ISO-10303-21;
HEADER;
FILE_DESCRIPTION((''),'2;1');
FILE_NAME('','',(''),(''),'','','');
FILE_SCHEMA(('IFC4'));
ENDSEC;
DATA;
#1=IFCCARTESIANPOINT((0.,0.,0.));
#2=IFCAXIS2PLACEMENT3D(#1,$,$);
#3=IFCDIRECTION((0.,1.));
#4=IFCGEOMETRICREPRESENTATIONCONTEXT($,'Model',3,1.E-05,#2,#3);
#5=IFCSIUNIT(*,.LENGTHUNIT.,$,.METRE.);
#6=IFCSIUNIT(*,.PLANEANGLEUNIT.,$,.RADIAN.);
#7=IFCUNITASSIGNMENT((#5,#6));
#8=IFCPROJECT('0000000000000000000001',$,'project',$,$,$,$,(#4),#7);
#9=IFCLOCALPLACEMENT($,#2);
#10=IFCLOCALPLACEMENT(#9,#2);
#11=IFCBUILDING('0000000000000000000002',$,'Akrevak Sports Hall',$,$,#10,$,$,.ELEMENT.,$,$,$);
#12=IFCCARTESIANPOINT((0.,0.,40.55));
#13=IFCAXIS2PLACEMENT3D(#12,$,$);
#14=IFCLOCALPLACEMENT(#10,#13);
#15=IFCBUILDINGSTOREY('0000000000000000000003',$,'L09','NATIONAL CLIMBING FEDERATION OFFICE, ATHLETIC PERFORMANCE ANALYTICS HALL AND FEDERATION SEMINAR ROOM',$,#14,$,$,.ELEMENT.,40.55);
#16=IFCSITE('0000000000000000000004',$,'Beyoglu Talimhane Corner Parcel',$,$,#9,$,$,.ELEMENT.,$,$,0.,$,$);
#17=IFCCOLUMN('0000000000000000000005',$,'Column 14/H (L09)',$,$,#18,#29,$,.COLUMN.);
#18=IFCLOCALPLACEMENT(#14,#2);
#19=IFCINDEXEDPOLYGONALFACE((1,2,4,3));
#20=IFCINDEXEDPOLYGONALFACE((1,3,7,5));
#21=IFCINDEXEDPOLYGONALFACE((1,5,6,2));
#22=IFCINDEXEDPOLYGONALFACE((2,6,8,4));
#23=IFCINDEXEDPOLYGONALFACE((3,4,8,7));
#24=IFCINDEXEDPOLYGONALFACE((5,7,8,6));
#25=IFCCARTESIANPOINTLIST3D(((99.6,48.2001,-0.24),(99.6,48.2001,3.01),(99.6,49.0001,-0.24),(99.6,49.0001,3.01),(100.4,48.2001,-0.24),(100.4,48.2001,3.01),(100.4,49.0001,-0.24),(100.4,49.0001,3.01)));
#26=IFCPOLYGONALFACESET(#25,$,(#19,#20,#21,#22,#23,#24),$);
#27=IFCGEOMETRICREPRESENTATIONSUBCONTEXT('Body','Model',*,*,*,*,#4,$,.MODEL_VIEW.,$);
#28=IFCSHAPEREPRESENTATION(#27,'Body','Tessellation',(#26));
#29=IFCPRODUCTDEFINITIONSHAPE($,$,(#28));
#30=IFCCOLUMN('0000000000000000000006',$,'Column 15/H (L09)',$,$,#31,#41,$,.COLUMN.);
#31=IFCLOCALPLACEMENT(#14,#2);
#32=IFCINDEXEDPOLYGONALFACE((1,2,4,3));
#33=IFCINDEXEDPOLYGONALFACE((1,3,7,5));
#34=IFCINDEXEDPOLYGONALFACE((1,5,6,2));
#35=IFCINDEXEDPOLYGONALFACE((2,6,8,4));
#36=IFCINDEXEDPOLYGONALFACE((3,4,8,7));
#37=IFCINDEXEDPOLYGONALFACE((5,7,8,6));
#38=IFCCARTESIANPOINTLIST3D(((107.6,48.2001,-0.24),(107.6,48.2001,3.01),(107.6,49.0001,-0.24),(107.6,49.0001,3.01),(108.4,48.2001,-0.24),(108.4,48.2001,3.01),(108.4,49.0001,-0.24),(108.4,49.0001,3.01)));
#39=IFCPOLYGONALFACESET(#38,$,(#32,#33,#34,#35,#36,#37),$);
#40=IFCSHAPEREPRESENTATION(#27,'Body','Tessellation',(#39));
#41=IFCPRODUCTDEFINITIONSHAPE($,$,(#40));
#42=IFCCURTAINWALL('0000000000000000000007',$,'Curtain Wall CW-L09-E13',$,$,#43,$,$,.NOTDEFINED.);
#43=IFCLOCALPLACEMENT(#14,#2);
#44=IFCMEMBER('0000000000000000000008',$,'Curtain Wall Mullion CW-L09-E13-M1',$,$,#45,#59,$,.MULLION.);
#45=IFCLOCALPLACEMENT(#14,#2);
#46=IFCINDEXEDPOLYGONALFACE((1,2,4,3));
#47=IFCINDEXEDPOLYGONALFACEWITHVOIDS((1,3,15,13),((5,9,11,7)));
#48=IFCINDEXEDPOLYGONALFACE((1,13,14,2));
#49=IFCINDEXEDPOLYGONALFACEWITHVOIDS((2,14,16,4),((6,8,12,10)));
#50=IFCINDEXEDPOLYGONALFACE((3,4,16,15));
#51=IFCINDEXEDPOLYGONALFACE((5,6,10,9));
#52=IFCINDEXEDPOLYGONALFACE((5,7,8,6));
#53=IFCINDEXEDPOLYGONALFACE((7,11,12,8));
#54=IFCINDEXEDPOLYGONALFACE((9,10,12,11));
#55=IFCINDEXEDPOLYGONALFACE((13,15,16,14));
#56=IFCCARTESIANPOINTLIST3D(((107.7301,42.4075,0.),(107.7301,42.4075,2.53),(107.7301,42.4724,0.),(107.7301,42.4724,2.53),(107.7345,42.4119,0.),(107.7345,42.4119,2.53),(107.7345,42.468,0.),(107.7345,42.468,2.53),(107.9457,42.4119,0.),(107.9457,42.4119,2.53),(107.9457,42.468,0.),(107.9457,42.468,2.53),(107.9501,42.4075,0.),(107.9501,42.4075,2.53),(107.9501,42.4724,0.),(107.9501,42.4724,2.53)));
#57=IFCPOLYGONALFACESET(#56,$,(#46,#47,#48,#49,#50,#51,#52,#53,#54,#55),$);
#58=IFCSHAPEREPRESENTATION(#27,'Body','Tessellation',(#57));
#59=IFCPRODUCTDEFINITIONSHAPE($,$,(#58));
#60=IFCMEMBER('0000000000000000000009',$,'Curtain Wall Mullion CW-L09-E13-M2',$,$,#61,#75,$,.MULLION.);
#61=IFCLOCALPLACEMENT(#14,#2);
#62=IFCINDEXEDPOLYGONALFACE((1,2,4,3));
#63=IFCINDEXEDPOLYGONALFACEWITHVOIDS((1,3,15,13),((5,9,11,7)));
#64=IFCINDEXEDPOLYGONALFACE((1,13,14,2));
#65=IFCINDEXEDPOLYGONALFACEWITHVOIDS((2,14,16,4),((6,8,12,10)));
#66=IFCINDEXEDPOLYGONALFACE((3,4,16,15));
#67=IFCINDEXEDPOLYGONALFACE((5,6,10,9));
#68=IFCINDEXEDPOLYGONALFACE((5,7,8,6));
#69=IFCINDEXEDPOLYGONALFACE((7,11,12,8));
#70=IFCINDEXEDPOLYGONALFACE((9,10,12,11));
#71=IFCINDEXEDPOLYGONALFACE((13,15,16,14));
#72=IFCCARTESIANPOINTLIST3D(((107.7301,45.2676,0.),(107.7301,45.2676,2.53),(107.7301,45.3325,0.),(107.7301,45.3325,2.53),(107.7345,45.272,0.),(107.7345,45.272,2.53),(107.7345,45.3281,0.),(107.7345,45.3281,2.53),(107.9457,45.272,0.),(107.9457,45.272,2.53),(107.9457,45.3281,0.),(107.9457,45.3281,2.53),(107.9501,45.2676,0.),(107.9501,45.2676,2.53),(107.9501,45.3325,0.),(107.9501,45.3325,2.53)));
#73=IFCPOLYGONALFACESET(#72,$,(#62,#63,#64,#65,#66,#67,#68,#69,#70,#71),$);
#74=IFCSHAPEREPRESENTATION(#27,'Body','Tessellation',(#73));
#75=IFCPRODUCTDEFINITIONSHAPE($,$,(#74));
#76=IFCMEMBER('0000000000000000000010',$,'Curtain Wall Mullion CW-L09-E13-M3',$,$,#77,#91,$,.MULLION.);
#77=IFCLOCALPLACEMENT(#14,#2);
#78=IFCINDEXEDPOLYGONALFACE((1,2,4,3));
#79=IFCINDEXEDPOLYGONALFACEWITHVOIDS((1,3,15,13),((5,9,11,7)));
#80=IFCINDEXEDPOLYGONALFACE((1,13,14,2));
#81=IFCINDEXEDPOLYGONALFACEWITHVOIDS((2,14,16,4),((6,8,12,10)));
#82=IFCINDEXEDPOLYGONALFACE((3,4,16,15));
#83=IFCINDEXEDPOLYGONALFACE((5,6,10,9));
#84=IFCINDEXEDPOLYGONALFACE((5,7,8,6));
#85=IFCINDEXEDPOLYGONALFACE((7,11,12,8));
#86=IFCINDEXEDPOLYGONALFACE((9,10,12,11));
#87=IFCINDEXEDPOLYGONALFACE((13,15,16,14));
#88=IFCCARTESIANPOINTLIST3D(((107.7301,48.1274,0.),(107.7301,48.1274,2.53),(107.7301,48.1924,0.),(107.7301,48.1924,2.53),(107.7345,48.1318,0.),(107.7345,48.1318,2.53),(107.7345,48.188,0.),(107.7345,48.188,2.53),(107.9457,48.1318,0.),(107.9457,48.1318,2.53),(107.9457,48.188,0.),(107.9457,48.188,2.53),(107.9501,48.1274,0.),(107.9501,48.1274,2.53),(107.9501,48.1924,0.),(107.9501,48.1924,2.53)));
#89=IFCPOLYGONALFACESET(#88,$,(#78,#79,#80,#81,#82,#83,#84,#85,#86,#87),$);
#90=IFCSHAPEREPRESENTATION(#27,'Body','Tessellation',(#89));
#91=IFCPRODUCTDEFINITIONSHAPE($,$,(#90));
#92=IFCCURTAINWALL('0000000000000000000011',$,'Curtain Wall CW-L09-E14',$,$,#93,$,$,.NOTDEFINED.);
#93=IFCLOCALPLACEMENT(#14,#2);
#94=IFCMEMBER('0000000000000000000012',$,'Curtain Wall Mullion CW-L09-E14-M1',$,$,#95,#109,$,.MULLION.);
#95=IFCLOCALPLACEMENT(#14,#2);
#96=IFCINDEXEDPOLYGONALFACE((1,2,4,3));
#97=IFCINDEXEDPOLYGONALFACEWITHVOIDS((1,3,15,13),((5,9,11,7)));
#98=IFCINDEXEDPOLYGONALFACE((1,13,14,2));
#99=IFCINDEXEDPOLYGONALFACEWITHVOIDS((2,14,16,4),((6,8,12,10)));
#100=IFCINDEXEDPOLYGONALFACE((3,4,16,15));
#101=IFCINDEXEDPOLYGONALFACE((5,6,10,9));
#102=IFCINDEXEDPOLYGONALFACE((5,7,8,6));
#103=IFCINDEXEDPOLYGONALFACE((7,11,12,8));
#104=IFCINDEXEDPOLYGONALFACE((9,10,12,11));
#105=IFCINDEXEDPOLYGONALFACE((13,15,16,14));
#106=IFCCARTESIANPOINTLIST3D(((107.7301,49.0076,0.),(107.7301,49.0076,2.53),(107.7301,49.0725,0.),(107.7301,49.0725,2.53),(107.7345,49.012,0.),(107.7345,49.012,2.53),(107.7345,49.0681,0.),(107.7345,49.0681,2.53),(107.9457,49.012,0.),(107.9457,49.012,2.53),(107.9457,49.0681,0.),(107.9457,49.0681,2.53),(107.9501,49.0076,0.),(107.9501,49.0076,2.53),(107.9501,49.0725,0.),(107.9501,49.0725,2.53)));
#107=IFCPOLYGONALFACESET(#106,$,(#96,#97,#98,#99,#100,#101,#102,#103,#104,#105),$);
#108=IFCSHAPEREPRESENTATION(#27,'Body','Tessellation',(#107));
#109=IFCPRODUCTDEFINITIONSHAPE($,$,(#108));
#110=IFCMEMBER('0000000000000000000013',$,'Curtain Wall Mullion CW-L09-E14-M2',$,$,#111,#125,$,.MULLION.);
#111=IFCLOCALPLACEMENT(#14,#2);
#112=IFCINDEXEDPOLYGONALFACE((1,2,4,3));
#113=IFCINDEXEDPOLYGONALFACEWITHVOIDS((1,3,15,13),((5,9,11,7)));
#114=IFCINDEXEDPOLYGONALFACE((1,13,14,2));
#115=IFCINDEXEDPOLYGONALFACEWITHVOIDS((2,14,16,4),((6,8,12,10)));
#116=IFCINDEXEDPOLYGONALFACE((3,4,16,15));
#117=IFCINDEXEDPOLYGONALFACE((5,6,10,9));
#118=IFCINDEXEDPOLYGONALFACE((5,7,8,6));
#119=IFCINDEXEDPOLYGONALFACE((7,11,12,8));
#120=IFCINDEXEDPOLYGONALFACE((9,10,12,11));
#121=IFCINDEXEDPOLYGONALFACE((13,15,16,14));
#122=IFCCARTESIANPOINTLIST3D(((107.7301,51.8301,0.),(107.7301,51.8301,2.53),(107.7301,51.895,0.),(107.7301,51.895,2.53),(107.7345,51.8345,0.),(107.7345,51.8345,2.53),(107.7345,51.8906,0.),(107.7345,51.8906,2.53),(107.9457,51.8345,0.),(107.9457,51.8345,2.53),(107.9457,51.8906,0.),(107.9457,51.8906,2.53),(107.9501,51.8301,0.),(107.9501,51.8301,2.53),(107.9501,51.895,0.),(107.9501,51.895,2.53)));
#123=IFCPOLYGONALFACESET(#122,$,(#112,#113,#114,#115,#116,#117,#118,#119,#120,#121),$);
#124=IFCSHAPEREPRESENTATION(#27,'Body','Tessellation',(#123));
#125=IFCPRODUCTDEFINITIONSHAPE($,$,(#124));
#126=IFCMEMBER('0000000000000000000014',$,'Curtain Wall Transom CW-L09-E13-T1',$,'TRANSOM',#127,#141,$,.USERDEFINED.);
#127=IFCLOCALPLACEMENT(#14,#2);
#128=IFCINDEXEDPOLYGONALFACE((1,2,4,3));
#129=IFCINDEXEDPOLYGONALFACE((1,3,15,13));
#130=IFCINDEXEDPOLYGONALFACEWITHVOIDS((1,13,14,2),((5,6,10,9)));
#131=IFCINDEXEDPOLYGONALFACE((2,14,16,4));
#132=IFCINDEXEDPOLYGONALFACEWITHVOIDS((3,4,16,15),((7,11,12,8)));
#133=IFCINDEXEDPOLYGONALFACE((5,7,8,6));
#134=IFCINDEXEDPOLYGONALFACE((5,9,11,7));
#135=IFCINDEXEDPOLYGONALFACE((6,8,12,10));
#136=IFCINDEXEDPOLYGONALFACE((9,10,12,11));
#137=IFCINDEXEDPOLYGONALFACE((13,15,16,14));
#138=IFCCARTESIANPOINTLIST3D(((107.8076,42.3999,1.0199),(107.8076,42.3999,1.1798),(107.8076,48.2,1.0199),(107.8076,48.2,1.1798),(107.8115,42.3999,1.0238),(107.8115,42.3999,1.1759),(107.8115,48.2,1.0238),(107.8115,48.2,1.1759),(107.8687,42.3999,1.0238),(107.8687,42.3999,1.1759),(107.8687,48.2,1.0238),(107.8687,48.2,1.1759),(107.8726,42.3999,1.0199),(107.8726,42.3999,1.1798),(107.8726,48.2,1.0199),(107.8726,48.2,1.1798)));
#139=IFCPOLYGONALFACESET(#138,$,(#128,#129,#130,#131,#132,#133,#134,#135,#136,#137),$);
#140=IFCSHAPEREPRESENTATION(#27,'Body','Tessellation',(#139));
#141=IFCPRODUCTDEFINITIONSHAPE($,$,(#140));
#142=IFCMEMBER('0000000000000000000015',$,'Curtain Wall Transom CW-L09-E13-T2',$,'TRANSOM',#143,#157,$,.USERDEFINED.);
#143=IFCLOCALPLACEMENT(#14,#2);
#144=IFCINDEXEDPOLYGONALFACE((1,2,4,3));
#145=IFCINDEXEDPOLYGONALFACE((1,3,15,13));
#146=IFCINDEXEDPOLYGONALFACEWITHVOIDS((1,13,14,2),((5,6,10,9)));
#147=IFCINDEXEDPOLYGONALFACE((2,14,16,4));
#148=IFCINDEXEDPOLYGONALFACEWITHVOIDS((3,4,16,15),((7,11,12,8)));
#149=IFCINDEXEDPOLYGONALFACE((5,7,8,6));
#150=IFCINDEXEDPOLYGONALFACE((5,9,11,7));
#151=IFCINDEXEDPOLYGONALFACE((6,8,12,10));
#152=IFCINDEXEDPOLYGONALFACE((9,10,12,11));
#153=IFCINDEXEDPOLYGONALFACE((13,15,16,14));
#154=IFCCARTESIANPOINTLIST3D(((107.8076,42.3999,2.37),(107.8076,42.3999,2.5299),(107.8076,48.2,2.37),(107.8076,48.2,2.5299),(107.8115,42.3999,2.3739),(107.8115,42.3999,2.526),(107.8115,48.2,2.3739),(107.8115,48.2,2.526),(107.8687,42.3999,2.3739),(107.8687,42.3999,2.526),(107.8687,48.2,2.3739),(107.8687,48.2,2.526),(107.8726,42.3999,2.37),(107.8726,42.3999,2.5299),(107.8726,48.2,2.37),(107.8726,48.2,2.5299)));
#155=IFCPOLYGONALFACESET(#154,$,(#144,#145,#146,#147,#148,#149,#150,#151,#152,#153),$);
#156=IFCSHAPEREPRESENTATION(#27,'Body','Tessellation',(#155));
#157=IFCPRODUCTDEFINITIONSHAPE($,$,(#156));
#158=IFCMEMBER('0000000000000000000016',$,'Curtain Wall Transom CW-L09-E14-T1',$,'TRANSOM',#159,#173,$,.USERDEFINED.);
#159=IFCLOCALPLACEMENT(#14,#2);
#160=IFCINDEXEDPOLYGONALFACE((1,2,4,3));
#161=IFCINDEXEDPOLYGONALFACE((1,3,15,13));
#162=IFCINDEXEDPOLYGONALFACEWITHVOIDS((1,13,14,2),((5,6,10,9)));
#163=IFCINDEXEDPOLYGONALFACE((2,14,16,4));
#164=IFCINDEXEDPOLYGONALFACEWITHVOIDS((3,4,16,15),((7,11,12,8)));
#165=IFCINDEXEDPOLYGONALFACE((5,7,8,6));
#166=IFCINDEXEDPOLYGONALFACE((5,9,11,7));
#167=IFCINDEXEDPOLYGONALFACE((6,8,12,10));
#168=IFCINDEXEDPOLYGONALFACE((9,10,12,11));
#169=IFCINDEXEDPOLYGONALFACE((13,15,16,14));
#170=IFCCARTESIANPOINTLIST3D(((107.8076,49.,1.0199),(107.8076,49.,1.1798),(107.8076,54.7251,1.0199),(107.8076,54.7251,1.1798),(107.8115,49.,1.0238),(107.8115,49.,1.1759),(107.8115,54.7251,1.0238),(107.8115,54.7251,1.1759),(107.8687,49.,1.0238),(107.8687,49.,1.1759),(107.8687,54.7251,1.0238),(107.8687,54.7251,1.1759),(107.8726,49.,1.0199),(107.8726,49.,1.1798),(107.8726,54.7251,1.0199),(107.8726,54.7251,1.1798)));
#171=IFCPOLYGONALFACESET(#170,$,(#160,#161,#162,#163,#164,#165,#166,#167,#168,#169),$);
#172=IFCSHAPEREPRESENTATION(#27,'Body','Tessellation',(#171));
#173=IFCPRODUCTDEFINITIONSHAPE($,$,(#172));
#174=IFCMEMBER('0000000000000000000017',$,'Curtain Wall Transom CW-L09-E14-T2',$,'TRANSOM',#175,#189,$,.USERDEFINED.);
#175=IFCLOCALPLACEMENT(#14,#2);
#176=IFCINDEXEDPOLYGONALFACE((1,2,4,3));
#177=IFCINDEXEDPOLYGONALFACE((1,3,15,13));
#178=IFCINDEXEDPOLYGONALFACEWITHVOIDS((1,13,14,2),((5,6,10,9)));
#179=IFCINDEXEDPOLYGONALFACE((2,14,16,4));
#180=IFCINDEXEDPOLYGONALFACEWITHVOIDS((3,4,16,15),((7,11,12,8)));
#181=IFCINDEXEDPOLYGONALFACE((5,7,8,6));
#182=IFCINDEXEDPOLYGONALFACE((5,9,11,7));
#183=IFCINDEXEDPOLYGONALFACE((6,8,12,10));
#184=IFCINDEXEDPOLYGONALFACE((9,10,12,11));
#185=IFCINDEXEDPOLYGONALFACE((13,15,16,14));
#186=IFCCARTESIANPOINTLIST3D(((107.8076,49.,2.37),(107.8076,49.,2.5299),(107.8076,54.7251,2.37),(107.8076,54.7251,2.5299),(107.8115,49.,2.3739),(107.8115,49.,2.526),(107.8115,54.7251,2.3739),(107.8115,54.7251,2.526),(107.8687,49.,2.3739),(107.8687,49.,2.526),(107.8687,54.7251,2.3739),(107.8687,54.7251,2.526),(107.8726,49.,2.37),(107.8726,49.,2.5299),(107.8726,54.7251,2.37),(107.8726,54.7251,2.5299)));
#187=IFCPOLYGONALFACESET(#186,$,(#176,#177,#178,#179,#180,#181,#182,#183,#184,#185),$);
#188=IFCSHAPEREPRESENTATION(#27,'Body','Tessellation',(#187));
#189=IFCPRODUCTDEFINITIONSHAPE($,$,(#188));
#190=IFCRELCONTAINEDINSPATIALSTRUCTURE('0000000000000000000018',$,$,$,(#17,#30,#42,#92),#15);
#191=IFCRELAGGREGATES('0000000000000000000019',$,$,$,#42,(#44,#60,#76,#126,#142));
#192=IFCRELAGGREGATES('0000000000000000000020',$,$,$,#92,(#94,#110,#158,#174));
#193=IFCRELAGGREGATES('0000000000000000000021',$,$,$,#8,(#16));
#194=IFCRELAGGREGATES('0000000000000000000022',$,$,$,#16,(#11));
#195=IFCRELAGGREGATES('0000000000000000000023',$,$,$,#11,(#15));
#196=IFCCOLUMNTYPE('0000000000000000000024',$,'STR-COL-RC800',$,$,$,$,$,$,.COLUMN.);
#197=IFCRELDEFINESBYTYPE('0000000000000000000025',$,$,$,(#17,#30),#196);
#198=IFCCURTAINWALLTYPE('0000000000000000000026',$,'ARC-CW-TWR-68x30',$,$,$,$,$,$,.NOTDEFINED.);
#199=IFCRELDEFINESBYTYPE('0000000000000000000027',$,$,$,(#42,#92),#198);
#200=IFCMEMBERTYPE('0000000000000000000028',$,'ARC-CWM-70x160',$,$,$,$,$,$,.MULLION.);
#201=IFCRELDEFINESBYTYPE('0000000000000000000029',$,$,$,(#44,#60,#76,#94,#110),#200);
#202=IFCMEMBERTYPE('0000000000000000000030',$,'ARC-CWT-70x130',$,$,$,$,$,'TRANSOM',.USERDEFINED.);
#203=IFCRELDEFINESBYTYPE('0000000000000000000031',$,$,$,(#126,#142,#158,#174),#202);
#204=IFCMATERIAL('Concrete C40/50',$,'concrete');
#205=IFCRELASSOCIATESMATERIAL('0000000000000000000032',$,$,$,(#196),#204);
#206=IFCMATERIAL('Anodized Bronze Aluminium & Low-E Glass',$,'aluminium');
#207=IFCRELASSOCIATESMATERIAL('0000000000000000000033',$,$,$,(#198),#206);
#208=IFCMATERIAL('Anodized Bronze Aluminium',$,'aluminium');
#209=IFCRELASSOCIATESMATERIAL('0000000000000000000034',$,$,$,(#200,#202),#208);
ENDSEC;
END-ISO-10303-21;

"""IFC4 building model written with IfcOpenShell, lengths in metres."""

from ifc_helpers import new_model, si_unit, direction, frame, origin, origin_2d, place, context, subcontext, project, spatial, rectangle, hollow_rectangle, extrude, material, material_profile, profile_set, type_object, element, aggregate, save


model = new_model("IFC4")

# Units and contexts
model_context = context("Model", 3, precision=1e-05, world=origin(), true_north=direction((0.0, 1.0)))
body_context = subcontext(model_context, "Body", "Model", "MODEL_VIEW")
ifc_project = project(units=[si_unit("LENGTHUNIT", "METRE"), si_unit("PLANEANGLEUNIT", "RADIAN")], contexts=[model_context])

# Site, building, storey
site_placement = place(None, origin())
site = spatial("IfcSite", under=ifc_project, at=site_placement, Name="Beyoglu Talimhane Corner Parcel", CompositionType="ELEMENT", RefElevation=0.0)
building_placement = place(site_placement, origin())
building = spatial("IfcBuilding", under=site, at=building_placement, Name="Akrevak Sports Hall", CompositionType="ELEMENT")
storey_placement = place(building_placement, frame((0.0, 0.0, 40.55)))
storey = spatial("IfcBuildingStorey", under=building, at=storey_placement, Name="L09", Description="NATIONAL CLIMBING FEDERATION OFFICE, ATHLETIC PERFORMANCE ANALYTICS HALL AND FEDERATION SEMINAR ROOM", CompositionType="ELEMENT", Elevation=40.55)

# Columns
ifc_material_1 = material(Name="Concrete C40/50", Category="concrete")
ifc_material_profile_1 = material_profile(ifc_material_1, rectangle(XDim=0.8, YDim=0.8, at=origin_2d()), Name="RC 800x800", Category="concrete")
ifc_profile_set_1 = profile_set([ifc_material_profile_1], Name="Concrete C40/50")
column_type = type_object("IfcColumnType", Name="STR-COL-RC800", PredefinedType="COLUMN", material=ifc_profile_set_1)
for number, where, z_axis, x_axis, name in (
    (1, (100.0, 48.6001, -0.24), (0.0, 0.0, 1.0), (1.0, 0.0, 0.0), "Column 14/H (L09)"),
    (2, (108.0, 48.6001, -0.24), (0.0, 0.0, 1.0), (1.0, 0.0, 0.0), "Column 15/H (L09)"),
):
    element("IfcColumn", number, at=place(storey_placement, frame(where, z_axis=z_axis, x_axis=x_axis)), inside=storey, type_object=column_type, Name=name, PredefinedType="COLUMN", context=body_context, shape_type="SweptSolid", body=[
        extrude(rectangle(XDim=0.8, YDim=0.8, at=origin_2d()), origin(), (0.0, 0.0, 1.0), 3.25),
    ])

# Curtain walls, members
ifc_material_2 = material(Name="Anodized Bronze Aluminium & Low-E Glass", Category="aluminium")
curtain_wall_type = type_object("IfcCurtainWallType", Name="ARC-CW-TWR-68x30", PredefinedType="NOTDEFINED", material=ifc_material_2)
curtain_wall_1_placement = place(storey_placement, origin())
curtain_wall_1 = element("IfcCurtainWall", 3, at=curtain_wall_1_placement, inside=storey, type_object=curtain_wall_type, Name="Curtain Wall CW-L09-E13", PredefinedType="NOTDEFINED")
ifc_material_3 = material(Name="Anodized Bronze Aluminium", Category="aluminium")
ifc_material_profile_2 = material_profile(ifc_material_3, hollow_rectangle(XDim=0.0649, YDim=0.22, WallThickness=0.0044, at=origin_2d()), Name="CWM 65x220", Category="aluminium")
ifc_profile_set_2 = profile_set([ifc_material_profile_2], Name="Anodized Bronze Aluminium")
member_type_1 = type_object("IfcMemberType", Name="ARC-CWM-70x160", PredefinedType="MULLION", material=ifc_profile_set_2)
member_1_placement = place(storey_placement, frame((107.8401, 42.4399, 0.0), z_axis=(0.0, 0.0, 1.0), x_axis=(0.0, 1.0, 0.0)))
member_1 = element("IfcMember", 4, at=member_1_placement, type_object=member_type_1, Name="Curtain Wall Mullion CW-L09-E13-M1", PredefinedType="MULLION", context=body_context, shape_type="SweptSolid", body=[
    extrude(hollow_rectangle(XDim=0.0649, YDim=0.22, WallThickness=0.0044, at=origin_2d()), origin(), (0.0, 0.0, 1.0), 2.53),
])
member_2_placement = place(storey_placement, frame((107.8401, 45.3, 0.0), z_axis=(0.0, 0.0, 1.0), x_axis=(0.0, 1.0, 0.0)))
member_2 = element("IfcMember", 5, at=member_2_placement, type_object=member_type_1, Name="Curtain Wall Mullion CW-L09-E13-M2", PredefinedType="MULLION", context=body_context, shape_type="SweptSolid", body=[
    extrude(hollow_rectangle(XDim=0.0649, YDim=0.22, WallThickness=0.0044, at=origin_2d()), origin(), (0.0, 0.0, 1.0), 2.53),
])
member_3_placement = place(storey_placement, frame((107.8401, 48.1599, 0.0), z_axis=(0.0, 0.0, 1.0), x_axis=(0.0, 1.0, 0.0)))
member_3 = element("IfcMember", 6, at=member_3_placement, type_object=member_type_1, Name="Curtain Wall Mullion CW-L09-E13-M3", PredefinedType="MULLION", context=body_context, shape_type="SweptSolid", body=[
    extrude(hollow_rectangle(XDim=0.0649, YDim=0.22, WallThickness=0.0044, at=origin_2d()), origin(), (0.0, 0.0, 1.0), 2.53),
])
curtain_wall_2_placement = place(storey_placement, origin())
curtain_wall_2 = element("IfcCurtainWall", 7, at=curtain_wall_2_placement, inside=storey, type_object=curtain_wall_type, Name="Curtain Wall CW-L09-E14", PredefinedType="NOTDEFINED")
member_4_placement = place(storey_placement, frame((107.8401, 49.04, 0.0), z_axis=(0.0, 0.0, 1.0), x_axis=(0.0, 1.0, 0.0)))
member_4 = element("IfcMember", 8, at=member_4_placement, type_object=member_type_1, Name="Curtain Wall Mullion CW-L09-E14-M1", PredefinedType="MULLION", context=body_context, shape_type="SweptSolid", body=[
    extrude(hollow_rectangle(XDim=0.0649, YDim=0.22, WallThickness=0.0044, at=origin_2d()), origin(), (0.0, 0.0, 1.0), 2.53),
])
member_5_placement = place(storey_placement, frame((107.8401, 51.8625, 0.0), z_axis=(0.0, 0.0, 1.0), x_axis=(0.0, 1.0, 0.0)))
member_5 = element("IfcMember", 9, at=member_5_placement, type_object=member_type_1, Name="Curtain Wall Mullion CW-L09-E14-M2", PredefinedType="MULLION", context=body_context, shape_type="SweptSolid", body=[
    extrude(hollow_rectangle(XDim=0.0649, YDim=0.22, WallThickness=0.0044, at=origin_2d()), origin(), (0.0, 0.0, 1.0), 2.53),
])

# Members
ifc_material_profile_3 = material_profile(ifc_material_3, hollow_rectangle(XDim=0.0649, YDim=0.1599, WallThickness=0.0039, at=origin_2d()), Name="CWT 65x160", Category="aluminium")
ifc_profile_set_3 = profile_set([ifc_material_profile_3], Name="Anodized Bronze Aluminium")
member_type_2 = type_object("IfcMemberType", Name="ARC-CWT-70x130", ElementType="TRANSOM", PredefinedType="USERDEFINED", material=ifc_profile_set_3)
member_6_placement = place(storey_placement, frame((107.8401, 42.3999, 1.0999), z_axis=(0.0, 1.0, 0.0), x_axis=(-1.0, 0.0, 0.0)))
member_6 = element("IfcMember", 10, at=member_6_placement, type_object=member_type_2, Name="Curtain Wall Transom CW-L09-E13-T1", ObjectType="TRANSOM", PredefinedType="USERDEFINED", context=body_context, shape_type="SweptSolid", body=[
    extrude(hollow_rectangle(XDim=0.0649, YDim=0.1599, WallThickness=0.0039, at=origin_2d()), origin(), (0.0, 0.0, 1.0), 5.8),
])
member_7_placement = place(storey_placement, frame((107.8401, 42.3999, 2.45), z_axis=(0.0, 1.0, 0.0), x_axis=(-1.0, 0.0, 0.0)))
member_7 = element("IfcMember", 11, at=member_7_placement, type_object=member_type_2, Name="Curtain Wall Transom CW-L09-E13-T2", ObjectType="TRANSOM", PredefinedType="USERDEFINED", context=body_context, shape_type="SweptSolid", body=[
    extrude(hollow_rectangle(XDim=0.0649, YDim=0.1599, WallThickness=0.0039, at=origin_2d()), origin(), (0.0, 0.0, 1.0), 5.8),
])
member_8_placement = place(storey_placement, frame((107.8401, 49.0, 1.0999), z_axis=(0.0, 1.0, 0.0), x_axis=(-1.0, 0.0, 0.0)))
member_8 = element("IfcMember", 12, at=member_8_placement, type_object=member_type_2, Name="Curtain Wall Transom CW-L09-E14-T1", ObjectType="TRANSOM", PredefinedType="USERDEFINED", context=body_context, shape_type="SweptSolid", body=[
    extrude(hollow_rectangle(XDim=0.0649, YDim=0.1599, WallThickness=0.0039, at=origin_2d()), origin(), (0.0, 0.0, 1.0), 5.7251),
])
member_9_placement = place(storey_placement, frame((107.8401, 49.0, 2.45), z_axis=(0.0, 1.0, 0.0), x_axis=(-1.0, 0.0, 0.0)))
member_9 = element("IfcMember", 13, at=member_9_placement, type_object=member_type_2, Name="Curtain Wall Transom CW-L09-E14-T2", ObjectType="TRANSOM", PredefinedType="USERDEFINED", context=body_context, shape_type="SweptSolid", body=[
    extrude(hollow_rectangle(XDim=0.0649, YDim=0.1599, WallThickness=0.0039, at=origin_2d()), origin(), (0.0, 0.0, 1.0), 5.7251),
])

aggregate(curtain_wall_1, [member_1, member_2, member_3, member_6, member_7])
aggregate(curtain_wall_2, [member_4, member_5, member_8, member_9])

save(model, "model.ifc")
